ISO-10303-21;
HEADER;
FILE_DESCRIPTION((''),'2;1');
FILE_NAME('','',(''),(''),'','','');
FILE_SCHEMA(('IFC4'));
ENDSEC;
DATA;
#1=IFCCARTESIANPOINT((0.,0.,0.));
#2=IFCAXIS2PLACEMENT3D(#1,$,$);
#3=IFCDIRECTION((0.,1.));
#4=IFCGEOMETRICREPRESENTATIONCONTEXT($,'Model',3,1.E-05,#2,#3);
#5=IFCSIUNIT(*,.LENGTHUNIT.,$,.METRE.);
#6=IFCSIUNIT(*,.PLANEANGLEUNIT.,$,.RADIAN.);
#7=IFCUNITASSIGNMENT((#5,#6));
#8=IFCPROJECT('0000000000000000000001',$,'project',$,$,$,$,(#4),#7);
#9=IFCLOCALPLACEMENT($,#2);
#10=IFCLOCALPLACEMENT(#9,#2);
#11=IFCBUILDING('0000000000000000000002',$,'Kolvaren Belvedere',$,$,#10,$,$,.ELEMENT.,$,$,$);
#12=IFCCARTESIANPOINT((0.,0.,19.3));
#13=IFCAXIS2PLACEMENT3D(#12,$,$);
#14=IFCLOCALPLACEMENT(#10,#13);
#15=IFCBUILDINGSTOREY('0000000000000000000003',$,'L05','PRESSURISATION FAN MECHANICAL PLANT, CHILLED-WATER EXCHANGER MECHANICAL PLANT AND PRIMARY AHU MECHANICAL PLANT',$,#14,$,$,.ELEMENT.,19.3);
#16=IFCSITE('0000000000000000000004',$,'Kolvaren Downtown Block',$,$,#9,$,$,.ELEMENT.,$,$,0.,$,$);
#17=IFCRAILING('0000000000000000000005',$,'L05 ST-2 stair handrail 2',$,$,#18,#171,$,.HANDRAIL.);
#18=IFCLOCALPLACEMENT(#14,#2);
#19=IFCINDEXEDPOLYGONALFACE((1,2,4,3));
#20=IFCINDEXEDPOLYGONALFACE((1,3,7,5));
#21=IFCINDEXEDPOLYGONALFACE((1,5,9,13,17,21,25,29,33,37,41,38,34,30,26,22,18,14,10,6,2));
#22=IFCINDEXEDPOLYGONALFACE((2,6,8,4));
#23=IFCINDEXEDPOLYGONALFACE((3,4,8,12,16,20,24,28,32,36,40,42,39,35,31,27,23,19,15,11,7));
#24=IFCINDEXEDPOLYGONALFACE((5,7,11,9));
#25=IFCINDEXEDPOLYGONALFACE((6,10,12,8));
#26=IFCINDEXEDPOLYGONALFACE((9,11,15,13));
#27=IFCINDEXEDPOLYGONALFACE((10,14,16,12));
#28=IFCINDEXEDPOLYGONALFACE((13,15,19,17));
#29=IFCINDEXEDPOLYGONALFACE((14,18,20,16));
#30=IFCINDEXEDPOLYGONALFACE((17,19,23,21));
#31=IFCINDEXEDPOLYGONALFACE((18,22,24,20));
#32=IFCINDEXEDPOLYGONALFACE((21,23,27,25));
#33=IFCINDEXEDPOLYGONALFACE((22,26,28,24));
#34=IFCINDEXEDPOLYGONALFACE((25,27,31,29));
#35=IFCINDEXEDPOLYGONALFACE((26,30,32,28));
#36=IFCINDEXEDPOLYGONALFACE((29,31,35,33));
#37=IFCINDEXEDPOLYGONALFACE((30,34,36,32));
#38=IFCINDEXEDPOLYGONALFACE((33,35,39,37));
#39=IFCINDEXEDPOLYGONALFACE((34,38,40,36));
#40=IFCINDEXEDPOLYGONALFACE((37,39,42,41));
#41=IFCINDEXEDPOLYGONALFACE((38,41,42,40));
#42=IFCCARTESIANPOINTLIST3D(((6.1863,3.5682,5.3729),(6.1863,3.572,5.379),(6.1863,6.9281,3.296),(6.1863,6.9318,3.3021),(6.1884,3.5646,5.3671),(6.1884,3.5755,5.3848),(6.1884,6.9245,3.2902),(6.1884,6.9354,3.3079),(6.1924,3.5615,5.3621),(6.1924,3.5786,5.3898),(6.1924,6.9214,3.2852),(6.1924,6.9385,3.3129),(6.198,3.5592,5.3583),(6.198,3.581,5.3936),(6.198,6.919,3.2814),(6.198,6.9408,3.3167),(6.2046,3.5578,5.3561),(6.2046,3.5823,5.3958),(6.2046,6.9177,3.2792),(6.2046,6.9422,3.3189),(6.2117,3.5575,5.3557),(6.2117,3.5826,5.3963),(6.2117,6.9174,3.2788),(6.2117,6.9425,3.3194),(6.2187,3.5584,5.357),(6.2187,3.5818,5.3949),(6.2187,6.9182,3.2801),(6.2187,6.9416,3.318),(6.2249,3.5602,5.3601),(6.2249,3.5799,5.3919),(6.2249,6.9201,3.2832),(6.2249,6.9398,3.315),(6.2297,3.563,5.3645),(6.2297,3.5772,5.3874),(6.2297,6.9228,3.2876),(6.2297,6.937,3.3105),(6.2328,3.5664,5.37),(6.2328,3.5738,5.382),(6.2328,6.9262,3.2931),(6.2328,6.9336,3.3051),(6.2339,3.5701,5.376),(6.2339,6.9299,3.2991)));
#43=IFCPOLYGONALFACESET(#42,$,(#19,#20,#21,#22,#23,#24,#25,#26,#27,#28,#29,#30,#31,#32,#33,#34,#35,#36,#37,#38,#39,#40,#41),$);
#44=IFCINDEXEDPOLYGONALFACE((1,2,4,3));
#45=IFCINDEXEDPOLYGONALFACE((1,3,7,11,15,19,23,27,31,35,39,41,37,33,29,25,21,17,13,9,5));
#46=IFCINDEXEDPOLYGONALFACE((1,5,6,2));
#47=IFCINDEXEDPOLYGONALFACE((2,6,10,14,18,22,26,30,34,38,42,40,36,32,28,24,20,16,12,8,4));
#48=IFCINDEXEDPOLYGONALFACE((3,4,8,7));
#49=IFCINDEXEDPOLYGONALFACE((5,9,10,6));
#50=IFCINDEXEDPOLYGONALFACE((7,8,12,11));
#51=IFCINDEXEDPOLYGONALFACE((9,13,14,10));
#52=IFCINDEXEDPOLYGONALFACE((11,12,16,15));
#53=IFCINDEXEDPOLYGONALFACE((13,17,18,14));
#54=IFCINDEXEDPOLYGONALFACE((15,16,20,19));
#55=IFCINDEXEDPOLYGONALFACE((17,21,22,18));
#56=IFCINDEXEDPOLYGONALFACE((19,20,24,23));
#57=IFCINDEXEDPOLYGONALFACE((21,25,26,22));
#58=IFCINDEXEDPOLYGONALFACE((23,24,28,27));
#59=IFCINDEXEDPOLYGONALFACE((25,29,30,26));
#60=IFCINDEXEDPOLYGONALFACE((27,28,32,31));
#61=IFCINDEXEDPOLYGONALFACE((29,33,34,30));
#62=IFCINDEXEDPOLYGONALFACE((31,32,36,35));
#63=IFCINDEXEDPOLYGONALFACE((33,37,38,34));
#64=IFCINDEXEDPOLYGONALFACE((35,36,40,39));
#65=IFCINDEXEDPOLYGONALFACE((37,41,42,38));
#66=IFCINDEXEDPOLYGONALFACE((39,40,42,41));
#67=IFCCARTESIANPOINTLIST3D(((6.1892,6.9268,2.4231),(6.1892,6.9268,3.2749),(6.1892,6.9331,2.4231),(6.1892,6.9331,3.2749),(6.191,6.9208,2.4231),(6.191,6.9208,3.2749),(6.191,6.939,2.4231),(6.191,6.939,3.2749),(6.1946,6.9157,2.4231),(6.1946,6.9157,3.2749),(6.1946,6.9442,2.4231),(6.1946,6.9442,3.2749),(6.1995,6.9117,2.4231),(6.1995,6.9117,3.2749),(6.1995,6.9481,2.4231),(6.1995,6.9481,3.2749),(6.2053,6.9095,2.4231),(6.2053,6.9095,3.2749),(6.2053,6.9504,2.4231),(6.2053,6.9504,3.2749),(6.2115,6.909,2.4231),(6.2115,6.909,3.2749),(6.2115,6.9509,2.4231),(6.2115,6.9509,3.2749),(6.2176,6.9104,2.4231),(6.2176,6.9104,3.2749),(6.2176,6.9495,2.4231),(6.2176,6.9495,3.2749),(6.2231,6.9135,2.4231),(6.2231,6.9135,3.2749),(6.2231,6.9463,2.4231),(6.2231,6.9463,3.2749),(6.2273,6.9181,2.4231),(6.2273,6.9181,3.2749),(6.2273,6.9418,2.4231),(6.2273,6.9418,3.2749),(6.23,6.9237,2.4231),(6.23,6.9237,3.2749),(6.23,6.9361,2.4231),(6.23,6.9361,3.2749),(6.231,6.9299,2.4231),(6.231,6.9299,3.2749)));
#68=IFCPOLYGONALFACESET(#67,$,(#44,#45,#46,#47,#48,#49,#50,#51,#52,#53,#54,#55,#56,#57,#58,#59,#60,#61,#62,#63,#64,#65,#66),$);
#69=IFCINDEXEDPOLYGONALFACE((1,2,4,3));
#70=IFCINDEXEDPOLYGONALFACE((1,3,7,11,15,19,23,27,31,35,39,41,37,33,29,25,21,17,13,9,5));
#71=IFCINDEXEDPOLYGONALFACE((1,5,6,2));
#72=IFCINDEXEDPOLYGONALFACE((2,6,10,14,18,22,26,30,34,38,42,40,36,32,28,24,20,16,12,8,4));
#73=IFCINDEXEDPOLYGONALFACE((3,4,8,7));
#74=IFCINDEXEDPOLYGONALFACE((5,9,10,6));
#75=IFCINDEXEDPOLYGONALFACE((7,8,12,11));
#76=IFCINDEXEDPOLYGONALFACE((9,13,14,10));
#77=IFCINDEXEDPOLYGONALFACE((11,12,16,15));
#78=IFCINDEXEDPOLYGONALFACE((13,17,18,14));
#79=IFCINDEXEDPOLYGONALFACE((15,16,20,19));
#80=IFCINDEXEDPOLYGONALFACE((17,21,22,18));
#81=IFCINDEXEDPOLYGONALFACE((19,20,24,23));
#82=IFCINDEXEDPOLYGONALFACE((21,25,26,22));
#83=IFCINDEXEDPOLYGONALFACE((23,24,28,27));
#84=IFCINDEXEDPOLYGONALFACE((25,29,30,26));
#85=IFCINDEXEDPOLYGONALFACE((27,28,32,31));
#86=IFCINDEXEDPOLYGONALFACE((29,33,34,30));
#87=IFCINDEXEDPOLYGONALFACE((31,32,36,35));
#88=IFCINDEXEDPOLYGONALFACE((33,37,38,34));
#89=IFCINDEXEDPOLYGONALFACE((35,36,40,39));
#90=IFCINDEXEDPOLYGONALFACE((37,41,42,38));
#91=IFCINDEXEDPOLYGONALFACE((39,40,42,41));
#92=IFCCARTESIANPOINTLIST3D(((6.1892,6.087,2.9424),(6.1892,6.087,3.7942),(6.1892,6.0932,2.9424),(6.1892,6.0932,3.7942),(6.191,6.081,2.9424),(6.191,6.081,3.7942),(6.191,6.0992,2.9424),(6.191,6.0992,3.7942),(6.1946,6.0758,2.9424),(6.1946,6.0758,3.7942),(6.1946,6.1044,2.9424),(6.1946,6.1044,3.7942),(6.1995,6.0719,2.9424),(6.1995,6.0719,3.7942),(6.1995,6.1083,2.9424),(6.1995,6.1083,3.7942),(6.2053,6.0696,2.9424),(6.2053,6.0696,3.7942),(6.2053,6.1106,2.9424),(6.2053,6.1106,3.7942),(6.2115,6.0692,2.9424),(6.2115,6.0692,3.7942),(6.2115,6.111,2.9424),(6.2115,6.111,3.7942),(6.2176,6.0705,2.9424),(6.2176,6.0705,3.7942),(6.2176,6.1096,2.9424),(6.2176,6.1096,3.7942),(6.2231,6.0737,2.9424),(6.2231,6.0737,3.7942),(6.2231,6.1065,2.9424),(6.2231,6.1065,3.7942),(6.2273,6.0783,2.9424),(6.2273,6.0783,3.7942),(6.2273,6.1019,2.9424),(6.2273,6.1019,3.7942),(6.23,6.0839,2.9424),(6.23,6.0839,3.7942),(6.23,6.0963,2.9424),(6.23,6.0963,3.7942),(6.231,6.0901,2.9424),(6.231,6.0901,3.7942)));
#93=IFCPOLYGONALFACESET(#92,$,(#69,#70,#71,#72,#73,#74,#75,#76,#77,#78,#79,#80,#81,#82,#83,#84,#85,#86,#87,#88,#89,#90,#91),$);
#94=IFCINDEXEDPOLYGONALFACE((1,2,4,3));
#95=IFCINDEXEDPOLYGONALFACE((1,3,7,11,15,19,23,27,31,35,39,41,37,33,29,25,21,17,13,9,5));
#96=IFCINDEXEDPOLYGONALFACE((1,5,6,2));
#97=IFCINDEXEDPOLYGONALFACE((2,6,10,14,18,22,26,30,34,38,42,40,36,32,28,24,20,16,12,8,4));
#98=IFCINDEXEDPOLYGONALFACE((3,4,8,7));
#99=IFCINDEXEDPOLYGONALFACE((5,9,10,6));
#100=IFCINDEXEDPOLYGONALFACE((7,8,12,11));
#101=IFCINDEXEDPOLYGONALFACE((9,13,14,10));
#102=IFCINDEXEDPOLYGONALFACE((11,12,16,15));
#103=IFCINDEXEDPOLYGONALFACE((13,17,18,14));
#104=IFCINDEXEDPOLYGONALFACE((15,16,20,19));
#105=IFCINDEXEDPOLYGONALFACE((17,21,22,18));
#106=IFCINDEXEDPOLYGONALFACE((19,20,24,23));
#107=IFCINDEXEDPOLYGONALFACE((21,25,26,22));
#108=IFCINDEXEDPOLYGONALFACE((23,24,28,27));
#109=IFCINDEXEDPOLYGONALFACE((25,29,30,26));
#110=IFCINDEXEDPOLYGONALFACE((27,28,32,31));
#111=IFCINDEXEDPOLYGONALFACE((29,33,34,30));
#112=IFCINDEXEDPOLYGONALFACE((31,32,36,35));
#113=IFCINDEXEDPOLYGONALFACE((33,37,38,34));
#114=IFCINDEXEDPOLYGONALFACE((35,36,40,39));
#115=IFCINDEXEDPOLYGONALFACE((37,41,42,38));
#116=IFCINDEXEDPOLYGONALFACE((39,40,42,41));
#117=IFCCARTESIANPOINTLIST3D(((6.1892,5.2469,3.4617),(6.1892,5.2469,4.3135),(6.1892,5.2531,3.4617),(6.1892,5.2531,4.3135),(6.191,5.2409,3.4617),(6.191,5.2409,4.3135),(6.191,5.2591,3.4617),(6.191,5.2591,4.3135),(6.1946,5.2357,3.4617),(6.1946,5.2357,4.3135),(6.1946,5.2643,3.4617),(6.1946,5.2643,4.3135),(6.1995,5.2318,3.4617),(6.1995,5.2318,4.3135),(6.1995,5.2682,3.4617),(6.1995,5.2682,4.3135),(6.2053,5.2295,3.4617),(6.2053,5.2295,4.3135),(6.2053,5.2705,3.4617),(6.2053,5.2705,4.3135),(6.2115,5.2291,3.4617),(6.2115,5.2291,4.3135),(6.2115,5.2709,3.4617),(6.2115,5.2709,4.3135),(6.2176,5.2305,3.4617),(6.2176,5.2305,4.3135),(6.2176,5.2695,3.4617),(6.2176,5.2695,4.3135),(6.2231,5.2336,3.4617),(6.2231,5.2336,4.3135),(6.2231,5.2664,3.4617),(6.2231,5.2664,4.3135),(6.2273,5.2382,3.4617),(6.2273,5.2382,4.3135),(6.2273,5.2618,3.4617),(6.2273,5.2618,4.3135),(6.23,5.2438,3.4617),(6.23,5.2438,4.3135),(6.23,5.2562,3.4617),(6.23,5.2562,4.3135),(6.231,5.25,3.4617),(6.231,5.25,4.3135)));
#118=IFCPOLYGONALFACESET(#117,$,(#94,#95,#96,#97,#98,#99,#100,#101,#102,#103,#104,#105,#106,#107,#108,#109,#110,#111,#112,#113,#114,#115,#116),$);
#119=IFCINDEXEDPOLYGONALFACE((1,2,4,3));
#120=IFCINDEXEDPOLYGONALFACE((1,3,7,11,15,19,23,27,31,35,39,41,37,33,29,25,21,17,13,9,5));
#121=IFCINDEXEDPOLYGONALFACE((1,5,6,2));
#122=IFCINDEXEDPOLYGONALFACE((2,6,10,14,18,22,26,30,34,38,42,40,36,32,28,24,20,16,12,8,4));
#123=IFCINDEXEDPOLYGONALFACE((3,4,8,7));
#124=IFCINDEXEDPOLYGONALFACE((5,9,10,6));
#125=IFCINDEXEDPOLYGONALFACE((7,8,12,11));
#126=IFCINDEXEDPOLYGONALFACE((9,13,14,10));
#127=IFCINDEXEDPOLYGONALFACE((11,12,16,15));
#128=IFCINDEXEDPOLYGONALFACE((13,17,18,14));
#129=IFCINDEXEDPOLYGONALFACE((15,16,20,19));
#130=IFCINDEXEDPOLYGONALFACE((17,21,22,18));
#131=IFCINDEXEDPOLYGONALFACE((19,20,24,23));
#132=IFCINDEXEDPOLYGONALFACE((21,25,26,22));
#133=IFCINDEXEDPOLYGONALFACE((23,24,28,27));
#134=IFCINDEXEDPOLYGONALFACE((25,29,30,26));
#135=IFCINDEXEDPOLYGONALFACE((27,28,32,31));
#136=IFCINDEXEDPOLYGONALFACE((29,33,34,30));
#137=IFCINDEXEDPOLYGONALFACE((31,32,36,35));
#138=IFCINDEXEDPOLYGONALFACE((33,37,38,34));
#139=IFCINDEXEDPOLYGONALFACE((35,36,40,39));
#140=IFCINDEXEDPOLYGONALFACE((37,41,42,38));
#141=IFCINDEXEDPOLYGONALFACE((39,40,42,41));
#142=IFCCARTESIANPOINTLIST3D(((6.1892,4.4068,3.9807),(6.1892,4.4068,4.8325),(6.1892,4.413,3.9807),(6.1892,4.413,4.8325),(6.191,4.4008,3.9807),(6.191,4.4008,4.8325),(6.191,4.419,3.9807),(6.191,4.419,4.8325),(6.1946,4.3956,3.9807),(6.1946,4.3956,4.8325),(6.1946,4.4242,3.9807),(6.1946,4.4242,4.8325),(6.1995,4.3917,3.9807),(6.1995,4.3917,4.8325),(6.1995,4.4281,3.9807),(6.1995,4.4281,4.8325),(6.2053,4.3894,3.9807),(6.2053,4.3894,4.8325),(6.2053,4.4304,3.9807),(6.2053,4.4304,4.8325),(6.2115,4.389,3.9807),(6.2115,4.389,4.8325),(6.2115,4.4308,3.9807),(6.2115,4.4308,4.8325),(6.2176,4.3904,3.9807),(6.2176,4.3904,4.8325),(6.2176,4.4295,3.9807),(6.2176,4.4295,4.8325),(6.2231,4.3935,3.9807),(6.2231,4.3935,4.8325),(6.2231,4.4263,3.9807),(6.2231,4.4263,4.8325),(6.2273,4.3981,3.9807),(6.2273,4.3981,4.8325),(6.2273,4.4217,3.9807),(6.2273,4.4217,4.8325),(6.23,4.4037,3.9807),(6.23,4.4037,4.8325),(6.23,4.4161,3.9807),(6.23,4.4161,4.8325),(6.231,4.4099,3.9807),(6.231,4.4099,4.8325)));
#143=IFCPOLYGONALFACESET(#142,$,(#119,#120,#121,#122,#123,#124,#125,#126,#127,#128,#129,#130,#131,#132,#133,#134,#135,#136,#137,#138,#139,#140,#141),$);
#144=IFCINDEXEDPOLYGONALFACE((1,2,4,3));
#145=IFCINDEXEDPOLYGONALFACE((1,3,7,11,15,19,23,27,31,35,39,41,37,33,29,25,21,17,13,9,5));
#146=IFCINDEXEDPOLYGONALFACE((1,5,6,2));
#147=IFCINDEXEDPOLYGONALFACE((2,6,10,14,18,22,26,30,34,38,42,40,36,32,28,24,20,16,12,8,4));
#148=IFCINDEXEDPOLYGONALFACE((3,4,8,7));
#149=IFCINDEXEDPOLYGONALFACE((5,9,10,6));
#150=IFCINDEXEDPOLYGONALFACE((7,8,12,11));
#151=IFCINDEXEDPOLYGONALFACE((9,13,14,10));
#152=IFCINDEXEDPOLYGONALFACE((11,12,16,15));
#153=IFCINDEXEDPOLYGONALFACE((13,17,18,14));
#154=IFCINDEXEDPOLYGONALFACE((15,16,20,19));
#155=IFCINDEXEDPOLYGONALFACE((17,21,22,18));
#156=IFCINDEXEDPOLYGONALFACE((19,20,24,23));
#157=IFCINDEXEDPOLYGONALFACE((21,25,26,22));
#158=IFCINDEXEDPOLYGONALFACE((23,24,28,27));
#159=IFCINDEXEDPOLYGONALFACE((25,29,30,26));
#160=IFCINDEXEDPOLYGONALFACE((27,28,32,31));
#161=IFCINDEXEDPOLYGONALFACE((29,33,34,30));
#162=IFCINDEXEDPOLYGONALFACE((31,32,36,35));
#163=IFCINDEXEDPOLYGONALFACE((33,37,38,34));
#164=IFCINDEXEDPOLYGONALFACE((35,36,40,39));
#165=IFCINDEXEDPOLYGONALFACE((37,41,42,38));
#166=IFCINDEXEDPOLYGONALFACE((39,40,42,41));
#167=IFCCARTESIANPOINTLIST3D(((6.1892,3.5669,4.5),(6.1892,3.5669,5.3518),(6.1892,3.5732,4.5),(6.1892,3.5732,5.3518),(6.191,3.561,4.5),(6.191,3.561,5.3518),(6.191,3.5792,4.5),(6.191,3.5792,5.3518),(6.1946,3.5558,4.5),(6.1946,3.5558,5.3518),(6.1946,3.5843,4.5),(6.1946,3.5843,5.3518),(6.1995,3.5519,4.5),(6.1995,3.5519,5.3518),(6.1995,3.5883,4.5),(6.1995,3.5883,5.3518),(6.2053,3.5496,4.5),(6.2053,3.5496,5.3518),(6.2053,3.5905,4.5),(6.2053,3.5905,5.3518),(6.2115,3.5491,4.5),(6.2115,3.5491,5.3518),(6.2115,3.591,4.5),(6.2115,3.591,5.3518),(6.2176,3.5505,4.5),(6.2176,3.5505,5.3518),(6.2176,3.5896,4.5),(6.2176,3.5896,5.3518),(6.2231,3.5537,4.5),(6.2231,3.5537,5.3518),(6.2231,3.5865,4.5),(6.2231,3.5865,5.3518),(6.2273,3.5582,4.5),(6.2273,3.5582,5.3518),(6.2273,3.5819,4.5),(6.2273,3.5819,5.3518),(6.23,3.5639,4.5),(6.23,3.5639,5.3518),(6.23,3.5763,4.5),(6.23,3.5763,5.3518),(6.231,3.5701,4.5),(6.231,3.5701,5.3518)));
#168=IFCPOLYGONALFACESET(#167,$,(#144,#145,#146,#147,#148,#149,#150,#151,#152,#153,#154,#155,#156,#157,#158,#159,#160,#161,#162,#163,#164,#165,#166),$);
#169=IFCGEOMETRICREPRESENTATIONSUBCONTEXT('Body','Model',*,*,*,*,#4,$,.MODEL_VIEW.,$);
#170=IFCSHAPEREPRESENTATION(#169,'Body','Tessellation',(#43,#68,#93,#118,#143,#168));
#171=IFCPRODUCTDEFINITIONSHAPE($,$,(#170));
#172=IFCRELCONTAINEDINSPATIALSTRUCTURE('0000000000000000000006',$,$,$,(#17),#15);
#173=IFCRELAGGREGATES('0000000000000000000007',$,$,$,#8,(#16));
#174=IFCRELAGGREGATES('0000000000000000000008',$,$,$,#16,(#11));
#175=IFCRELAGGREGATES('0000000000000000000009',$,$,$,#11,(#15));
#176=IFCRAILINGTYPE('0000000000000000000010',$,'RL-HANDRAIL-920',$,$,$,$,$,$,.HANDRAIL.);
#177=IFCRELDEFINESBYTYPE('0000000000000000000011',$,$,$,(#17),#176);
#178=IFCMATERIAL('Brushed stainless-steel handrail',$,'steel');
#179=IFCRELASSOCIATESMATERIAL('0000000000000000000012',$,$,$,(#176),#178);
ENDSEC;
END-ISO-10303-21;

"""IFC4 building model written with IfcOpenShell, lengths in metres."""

from ifc_helpers import new_model, si_unit, direction, frame, origin, origin_2d, place, context, subcontext, project, spatial, circle, extrude, material, type_object, element, save


model = new_model("IFC4")

# Units and contexts
model_context = context("Model", 3, precision=1e-05, world=origin(), true_north=direction((0.0, 1.0)))
body_context = subcontext(model_context, "Body", "Model", "MODEL_VIEW")
ifc_project = project(units=[si_unit("LENGTHUNIT", "METRE"), si_unit("PLANEANGLEUNIT", "RADIAN")], contexts=[model_context])

# Site, building, storey
site_placement = place(None, origin())
site = spatial("IfcSite", under=ifc_project, at=site_placement, Name="Kolvaren Downtown Block", CompositionType="ELEMENT", RefElevation=0.0)
building_placement = place(site_placement, origin())
building = spatial("IfcBuilding", under=site, at=building_placement, Name="Kolvaren Belvedere", CompositionType="ELEMENT")
storey_placement = place(building_placement, frame((0.0, 0.0, 19.3)))
storey = spatial("IfcBuildingStorey", under=building, at=storey_placement, Name="L05", Description="PRESSURISATION FAN MECHANICAL PLANT, CHILLED-WATER EXCHANGER MECHANICAL PLANT AND PRIMARY AHU MECHANICAL PLANT", CompositionType="ELEMENT", Elevation=19.3)

# Railing
ifc_material_1 = material(Name="Brushed stainless-steel handrail", Category="steel")
railing_type_1 = type_object("IfcRailingType", Name="RL-HANDRAIL-920", PredefinedType="HANDRAIL", material=ifc_material_1)
railing_1_placement = place(storey_placement, frame((6.21, 6.9299, 2.4231)))
element("IfcRailing", 1, at=railing_1_placement, inside=storey, type_object=railing_type_1, Name="L05 ST-2 stair handrail 2", PredefinedType="HANDRAIL", context=body_context, shape_type="SweptSolid", body=[
    extrude(circle(Radius=0.0239, at=origin_2d()), frame((0.0, 0.0, 0.876), z_axis=(0.0, -0.850606, 0.525803), x_axis=(1.0, 0.0, 0.0)), (0.0, 0.0, 1.0), 3.95),
    extrude(circle(Radius=0.021, at=origin_2d()), origin(), (0.0, 0.0, 1.0), 0.8518),
    extrude(circle(Radius=0.021, at=origin_2d()), frame((0.0, -0.8398, 0.5193)), (0.0, 0.0, 1.0), 0.8518),
    extrude(circle(Radius=0.021, at=origin_2d()), frame((0.0, -1.6799, 1.0386)), (0.0, 0.0, 1.0), 0.8518),
    extrude(circle(Radius=0.021, at=origin_2d()), frame((0.0, -2.52, 1.5576)), (0.0, 0.0, 1.0), 0.8518),
    extrude(circle(Radius=0.021, at=origin_2d()), frame((0.0, -3.3599, 2.0769)), (0.0, 0.0, 1.0), 0.8518),
])

save(model, "model.ifc")
